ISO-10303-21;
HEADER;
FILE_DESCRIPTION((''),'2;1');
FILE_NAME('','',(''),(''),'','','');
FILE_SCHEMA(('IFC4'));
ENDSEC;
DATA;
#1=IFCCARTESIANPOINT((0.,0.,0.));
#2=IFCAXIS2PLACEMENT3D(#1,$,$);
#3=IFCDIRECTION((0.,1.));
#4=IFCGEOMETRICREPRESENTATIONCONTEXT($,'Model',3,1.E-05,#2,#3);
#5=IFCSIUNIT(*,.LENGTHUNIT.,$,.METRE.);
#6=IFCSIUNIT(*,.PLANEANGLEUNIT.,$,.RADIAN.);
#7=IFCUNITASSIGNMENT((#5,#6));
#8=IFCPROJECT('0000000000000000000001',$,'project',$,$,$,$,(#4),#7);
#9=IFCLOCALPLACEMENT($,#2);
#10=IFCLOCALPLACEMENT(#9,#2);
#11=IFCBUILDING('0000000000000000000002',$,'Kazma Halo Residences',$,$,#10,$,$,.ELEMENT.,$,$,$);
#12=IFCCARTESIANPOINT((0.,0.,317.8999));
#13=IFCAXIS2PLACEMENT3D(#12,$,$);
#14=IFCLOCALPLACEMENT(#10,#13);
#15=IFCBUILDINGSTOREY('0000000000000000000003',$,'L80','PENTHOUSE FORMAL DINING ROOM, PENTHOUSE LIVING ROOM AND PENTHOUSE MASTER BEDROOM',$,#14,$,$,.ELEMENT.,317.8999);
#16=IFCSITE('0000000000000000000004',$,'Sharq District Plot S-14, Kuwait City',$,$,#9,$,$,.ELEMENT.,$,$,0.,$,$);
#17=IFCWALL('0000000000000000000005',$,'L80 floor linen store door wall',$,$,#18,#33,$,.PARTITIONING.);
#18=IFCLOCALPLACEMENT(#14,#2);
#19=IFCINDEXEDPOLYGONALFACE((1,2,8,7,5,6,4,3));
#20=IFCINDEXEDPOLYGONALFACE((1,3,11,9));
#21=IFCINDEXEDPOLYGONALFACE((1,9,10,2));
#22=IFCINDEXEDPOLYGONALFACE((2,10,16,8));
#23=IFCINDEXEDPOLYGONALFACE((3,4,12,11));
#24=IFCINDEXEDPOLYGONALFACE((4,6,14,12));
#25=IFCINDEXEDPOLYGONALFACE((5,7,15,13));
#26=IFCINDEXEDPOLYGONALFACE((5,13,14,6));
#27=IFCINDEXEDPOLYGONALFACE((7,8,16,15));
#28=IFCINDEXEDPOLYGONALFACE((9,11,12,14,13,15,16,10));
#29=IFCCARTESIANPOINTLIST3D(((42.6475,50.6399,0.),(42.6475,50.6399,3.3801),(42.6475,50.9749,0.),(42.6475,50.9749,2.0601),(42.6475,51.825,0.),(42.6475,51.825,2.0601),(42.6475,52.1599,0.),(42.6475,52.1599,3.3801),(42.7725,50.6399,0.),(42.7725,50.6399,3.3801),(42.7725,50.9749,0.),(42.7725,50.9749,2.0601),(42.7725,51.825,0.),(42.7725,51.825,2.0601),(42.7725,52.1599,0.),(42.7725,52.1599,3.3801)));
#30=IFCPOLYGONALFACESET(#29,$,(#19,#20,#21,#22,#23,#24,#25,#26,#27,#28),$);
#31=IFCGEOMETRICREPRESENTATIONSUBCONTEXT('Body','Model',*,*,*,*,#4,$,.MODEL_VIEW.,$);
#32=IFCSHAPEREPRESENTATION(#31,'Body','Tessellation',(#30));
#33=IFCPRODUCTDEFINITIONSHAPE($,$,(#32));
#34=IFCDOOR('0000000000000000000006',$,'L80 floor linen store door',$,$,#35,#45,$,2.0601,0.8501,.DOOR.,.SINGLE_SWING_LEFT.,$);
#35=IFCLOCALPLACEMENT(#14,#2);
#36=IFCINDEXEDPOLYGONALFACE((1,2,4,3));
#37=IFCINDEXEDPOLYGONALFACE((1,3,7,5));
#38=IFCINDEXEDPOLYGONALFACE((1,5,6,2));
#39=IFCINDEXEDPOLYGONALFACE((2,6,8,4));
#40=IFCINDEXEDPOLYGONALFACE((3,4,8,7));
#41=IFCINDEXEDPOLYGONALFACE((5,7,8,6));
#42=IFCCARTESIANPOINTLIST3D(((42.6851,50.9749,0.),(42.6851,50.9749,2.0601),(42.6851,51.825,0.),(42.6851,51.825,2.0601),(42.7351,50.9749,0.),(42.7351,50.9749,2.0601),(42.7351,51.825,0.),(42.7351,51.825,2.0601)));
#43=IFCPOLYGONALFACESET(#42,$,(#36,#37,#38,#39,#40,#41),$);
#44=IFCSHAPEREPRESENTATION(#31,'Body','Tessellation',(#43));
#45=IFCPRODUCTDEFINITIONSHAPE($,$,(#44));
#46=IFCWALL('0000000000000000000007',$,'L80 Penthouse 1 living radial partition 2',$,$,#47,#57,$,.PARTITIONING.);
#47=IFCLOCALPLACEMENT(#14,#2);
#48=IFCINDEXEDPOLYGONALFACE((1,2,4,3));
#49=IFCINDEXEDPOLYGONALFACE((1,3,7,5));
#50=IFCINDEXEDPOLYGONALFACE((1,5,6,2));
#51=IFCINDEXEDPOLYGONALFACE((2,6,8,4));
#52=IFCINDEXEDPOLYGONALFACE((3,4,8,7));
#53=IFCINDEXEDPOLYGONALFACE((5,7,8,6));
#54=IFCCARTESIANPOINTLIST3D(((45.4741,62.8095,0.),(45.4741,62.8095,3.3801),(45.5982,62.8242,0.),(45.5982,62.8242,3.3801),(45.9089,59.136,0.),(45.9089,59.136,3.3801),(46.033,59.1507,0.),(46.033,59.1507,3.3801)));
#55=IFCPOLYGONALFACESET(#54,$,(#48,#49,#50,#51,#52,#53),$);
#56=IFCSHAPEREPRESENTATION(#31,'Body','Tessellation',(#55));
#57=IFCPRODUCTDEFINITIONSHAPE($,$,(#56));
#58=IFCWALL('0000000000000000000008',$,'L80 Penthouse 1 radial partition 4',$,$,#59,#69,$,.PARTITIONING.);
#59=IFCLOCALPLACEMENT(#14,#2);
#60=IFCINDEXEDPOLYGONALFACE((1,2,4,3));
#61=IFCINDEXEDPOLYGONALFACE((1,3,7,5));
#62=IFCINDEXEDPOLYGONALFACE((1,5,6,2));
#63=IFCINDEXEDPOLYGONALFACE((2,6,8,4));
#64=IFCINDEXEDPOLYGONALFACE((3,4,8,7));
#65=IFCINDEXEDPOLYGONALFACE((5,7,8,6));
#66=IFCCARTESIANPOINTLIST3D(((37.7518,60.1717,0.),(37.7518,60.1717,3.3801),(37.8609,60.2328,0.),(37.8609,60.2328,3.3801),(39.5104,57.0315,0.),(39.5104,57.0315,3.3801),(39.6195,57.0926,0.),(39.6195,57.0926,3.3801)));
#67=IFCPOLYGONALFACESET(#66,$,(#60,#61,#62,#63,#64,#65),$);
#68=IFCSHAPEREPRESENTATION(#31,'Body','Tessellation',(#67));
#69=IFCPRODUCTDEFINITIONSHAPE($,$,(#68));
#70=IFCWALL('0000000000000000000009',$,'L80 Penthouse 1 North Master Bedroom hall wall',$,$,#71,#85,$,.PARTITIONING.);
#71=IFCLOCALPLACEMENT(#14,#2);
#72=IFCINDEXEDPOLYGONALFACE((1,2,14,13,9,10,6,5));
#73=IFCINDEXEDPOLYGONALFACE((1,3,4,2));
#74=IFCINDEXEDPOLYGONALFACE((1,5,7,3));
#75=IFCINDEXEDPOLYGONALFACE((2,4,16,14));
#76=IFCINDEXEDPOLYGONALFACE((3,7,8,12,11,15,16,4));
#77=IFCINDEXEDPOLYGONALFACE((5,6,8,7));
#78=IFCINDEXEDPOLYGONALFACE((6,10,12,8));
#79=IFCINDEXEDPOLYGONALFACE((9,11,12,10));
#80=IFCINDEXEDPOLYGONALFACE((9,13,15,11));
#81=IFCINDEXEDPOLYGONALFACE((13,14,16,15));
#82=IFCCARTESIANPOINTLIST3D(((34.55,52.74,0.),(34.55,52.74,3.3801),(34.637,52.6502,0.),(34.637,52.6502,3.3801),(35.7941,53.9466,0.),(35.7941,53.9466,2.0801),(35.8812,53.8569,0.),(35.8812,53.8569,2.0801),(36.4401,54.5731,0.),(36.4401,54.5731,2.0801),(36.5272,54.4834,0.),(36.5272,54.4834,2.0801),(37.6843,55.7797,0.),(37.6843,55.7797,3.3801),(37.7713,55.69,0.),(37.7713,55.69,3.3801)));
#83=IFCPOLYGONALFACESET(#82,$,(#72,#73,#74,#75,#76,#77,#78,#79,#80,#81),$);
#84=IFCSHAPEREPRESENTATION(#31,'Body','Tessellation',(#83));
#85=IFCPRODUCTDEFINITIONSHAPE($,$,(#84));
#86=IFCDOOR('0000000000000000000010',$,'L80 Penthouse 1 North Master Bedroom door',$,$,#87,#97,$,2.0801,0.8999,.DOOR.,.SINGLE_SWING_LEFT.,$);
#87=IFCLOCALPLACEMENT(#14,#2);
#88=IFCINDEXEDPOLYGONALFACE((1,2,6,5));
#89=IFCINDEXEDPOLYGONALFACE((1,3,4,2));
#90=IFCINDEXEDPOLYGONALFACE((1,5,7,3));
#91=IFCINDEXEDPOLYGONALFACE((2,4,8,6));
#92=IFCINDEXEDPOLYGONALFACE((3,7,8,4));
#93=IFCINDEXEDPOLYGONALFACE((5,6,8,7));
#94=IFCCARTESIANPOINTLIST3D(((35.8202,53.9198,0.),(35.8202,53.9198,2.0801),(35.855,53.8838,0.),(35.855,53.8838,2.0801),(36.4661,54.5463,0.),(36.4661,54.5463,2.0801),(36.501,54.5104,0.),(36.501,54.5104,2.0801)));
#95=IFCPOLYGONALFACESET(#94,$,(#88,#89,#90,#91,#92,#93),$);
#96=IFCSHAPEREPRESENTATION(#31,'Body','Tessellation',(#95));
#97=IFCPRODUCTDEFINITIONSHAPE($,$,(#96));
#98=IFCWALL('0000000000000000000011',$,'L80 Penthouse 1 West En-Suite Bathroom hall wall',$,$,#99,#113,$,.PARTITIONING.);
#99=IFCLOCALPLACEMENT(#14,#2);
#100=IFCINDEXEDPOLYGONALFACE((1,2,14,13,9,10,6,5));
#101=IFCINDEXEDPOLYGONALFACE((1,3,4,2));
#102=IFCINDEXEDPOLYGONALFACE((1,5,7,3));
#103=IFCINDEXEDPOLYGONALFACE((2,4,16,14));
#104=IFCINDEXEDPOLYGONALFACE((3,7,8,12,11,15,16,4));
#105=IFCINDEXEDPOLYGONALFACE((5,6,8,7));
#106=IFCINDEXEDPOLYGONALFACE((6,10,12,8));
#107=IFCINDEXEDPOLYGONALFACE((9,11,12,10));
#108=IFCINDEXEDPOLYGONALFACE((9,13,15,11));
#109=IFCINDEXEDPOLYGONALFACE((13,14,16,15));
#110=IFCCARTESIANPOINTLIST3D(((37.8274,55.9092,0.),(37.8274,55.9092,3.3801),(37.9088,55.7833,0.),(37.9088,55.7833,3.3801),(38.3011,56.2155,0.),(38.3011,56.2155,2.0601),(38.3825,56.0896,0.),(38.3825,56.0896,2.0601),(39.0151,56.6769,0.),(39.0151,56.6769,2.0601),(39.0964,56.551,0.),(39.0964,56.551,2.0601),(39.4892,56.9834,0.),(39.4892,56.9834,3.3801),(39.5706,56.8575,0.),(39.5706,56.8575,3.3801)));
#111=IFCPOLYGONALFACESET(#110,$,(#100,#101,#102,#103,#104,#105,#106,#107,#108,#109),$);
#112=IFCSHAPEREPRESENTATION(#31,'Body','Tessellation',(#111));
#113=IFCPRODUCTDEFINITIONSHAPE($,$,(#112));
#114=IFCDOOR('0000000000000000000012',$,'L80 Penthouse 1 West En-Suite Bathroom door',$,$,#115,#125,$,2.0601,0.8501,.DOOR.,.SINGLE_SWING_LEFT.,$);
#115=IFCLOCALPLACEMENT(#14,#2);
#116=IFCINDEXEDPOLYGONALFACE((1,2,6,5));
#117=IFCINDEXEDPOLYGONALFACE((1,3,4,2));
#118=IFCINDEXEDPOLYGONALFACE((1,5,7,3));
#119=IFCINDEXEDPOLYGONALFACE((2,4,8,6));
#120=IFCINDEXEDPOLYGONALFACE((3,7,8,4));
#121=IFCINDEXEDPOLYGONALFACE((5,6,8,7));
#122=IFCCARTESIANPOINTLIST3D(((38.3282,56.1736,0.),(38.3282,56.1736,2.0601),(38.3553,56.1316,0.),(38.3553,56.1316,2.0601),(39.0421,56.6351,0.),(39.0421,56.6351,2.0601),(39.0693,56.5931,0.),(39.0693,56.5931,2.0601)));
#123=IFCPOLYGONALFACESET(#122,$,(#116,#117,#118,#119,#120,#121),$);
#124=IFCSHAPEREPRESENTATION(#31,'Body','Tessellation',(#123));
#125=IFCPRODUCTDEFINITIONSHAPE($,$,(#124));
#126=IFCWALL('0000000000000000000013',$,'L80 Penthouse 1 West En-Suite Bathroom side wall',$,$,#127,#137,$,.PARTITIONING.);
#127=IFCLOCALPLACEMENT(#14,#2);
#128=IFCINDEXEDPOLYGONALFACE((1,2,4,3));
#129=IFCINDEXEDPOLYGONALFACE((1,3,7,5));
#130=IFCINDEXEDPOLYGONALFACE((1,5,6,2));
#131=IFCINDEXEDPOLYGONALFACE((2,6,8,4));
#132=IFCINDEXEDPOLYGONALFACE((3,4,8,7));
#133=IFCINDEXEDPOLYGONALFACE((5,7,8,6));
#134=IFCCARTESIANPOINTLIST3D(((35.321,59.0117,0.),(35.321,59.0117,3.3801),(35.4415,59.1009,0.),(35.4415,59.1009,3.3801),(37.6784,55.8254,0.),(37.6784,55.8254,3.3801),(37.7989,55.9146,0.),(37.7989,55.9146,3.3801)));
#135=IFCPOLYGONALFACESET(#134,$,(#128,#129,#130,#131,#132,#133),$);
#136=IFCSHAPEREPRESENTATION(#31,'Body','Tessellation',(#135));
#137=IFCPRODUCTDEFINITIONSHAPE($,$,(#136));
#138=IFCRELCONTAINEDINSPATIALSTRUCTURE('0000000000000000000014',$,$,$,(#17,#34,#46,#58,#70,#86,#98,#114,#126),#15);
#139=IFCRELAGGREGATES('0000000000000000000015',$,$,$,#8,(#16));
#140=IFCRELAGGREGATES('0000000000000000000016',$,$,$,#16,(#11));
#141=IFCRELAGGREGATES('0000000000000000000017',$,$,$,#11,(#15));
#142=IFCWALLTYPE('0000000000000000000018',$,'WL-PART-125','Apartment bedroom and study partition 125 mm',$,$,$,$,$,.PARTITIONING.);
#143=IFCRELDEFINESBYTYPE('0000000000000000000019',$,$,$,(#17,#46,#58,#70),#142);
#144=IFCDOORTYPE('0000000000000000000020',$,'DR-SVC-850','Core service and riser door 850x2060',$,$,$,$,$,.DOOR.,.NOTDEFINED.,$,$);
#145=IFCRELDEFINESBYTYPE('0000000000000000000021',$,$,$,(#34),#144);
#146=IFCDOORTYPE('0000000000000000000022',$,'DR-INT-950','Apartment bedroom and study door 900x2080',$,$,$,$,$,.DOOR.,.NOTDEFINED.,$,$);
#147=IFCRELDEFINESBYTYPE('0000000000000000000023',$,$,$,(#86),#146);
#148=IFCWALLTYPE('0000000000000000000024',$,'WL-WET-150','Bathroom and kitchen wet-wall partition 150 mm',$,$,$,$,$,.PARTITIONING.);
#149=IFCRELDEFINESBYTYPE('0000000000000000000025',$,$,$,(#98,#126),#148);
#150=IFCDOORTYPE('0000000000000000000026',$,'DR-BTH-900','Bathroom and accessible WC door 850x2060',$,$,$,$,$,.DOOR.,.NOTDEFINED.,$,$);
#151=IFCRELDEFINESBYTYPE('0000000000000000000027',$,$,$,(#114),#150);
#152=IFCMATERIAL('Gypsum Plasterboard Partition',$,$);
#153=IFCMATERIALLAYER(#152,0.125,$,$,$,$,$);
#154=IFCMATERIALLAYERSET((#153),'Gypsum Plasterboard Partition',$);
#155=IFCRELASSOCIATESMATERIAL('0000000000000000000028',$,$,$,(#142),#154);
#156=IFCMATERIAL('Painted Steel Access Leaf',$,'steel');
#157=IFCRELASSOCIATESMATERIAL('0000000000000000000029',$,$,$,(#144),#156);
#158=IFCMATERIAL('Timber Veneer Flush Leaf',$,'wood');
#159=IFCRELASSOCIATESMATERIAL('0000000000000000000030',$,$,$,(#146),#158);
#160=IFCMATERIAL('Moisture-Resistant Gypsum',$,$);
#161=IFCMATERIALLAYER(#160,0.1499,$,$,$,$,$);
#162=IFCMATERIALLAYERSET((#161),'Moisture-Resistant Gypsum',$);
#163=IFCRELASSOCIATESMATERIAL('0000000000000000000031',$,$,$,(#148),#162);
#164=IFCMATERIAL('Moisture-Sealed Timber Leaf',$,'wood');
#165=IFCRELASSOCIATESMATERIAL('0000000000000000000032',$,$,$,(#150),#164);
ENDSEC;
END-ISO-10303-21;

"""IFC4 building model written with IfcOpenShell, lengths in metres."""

from ifc_helpers import new_model, si_unit, direction, frame, frame_2d, origin, place, context, subcontext, project, spatial, rectangle, extrude, material, layer, layer_set, type_object, element, fill, save


model = new_model("IFC4")

# Units and contexts
model_context = context("Model", 3, precision=1e-05, world=origin(), true_north=direction((0.0, 1.0)))
body_context = subcontext(model_context, "Body", "Model", "MODEL_VIEW")
ifc_project = project(units=[si_unit("LENGTHUNIT", "METRE"), si_unit("PLANEANGLEUNIT", "RADIAN")], contexts=[model_context])

# Site, building, storey
site_placement = place(None, origin())
site = spatial("IfcSite", under=ifc_project, at=site_placement, Name="Sharq District Plot S-14, Kuwait City", CompositionType="ELEMENT", RefElevation=0.0)
building_placement = place(site_placement, origin())
building = spatial("IfcBuilding", under=site, at=building_placement, Name="Kazma Halo Residences", CompositionType="ELEMENT")
storey_placement = place(building_placement, frame((0.0, 0.0, 317.8999)))
storey = spatial("IfcBuildingStorey", under=building, at=storey_placement, Name="L80", Description="PENTHOUSE FORMAL DINING ROOM, PENTHOUSE LIVING ROOM AND PENTHOUSE MASTER BEDROOM", CompositionType="ELEMENT", Elevation=317.8999)

# Wall, opening, door
ifc_material_1 = material(Name="Gypsum Plasterboard Partition")
ifc_layer_1 = layer(ifc_material_1, 0.125)
ifc_layer_set_1 = layer_set([ifc_layer_1], Name="Gypsum Plasterboard Partition")
wall_type_1 = type_object("IfcWallType", Name="WL-PART-125", Description="Apartment bedroom and study partition 125 mm", PredefinedType="PARTITIONING", material=ifc_layer_set_1)
wall_1_placement = place(storey_placement, frame((42.71, 50.6399, 0.0), z_axis=(0.0, 0.0, 1.0), x_axis=(0.0, 1.0, 0.0)))
wall_1 = element("IfcWall", 1, at=wall_1_placement, inside=storey, type_object=wall_type_1, Name="L80 floor linen store door wall", PredefinedType="PARTITIONING", context=body_context, shape_type="SweptSolid", body=[
    extrude(rectangle(XDim=1.52, YDim=0.125, at=frame_2d((0.76, 0.0))), origin(), (0.0, 0.0, 1.0), 3.3801),
])
opening_1_placement = place(wall_1_placement, frame((0.335, 0.0, 0.0)))
opening_1 = element("IfcOpeningElement", 2, at=opening_1_placement, cuts=wall_1, PredefinedType="OPENING", context=body_context, shape_type="SweptSolid", body=[
    extrude(rectangle(XDim=0.8501, YDim=2.0601, at=frame_2d((0.425, 1.03))), frame((0.0, 0.0725, 0.0), z_axis=(0.0, -1.0, 0.0), x_axis=(1.0, 0.0, 0.0)), (0.0, 0.0, 1.0), 0.145),
])
ifc_material_2 = material(Name="Painted Steel Access Leaf", Category="steel")
door_type_1 = type_object("IfcDoorType", Name="DR-SVC-850", Description="Core service and riser door 850x2060", OperationType="NOTDEFINED", PredefinedType="DOOR", material=ifc_material_2)
door_1_placement = place(opening_1_placement, origin())
door_1 = element("IfcDoor", 3, at=door_1_placement, inside=storey, type_object=door_type_1, Name="L80 floor linen store door", OperationType="SINGLE_SWING_LEFT", OverallHeight=2.0601, OverallWidth=0.8501, PredefinedType="DOOR", context=body_context, shape_type="SweptSolid", body=[
    extrude(rectangle(XDim=0.8501, YDim=2.0601, at=frame_2d((0.425, 1.03))), frame((0.0, 0.0249, 0.0), z_axis=(0.0, -1.0, 0.0), x_axis=(1.0, 0.0, 0.0)), (0.0, 0.0, 1.0), 0.05),
])
fill(opening_1, door_1)

# Walls
wall_2_placement = place(storey_placement, frame((45.9709, 59.1433, 0.0), z_axis=(0.0, 0.0, 1.0), x_axis=(-0.117542, 0.993068, 0.0)))
element("IfcWall", 4, at=wall_2_placement, inside=storey, type_object=wall_type_1, Name="L80 Penthouse 1 living radial partition 2", PredefinedType="PARTITIONING", context=body_context, shape_type="SweptSolid", body=[
    extrude(rectangle(XDim=3.6992, YDim=0.125, at=frame_2d((1.8496, 0.0))), origin(), (0.0, 0.0, 1.0), 3.3801),
])
wall_3_placement = place(storey_placement, frame((39.5649, 57.062, 0.0), z_axis=(0.0, 0.0, 1.0), x_axis=(-0.488618, 0.872498, 0.0)))
element("IfcWall", 5, at=wall_3_placement, inside=storey, type_object=wall_type_1, Name="L80 Penthouse 1 radial partition 4", PredefinedType="PARTITIONING", context=body_context, shape_type="SweptSolid", body=[
    extrude(rectangle(XDim=3.5991, YDim=0.125, at=frame_2d((1.7996, 0.0))), origin(), (0.0, 0.0, 1.0), 3.3801),
])

# Walls, openings, doors
wall_4_placement = place(storey_placement, frame((37.7278, 55.7349, 0.0), z_axis=(0.0, 0.0, 1.0), x_axis=(-0.717844, -0.696204, 0.0)))
wall_4 = element("IfcWall", 6, at=wall_4_placement, inside=storey, type_object=wall_type_1, Name="L80 Penthouse 1 North Master Bedroom hall wall", PredefinedType="PARTITIONING", context=body_context, shape_type="SweptSolid", body=[
    extrude(rectangle(XDim=4.3662, YDim=0.125, at=frame_2d((2.1831, 0.0))), origin(), (0.0, 0.0, 1.0), 3.3801),
])
opening_2_placement = place(wall_4_placement, frame((1.7332, 0.0, 0.0)))
opening_2 = element("IfcOpeningElement", 7, at=opening_2_placement, cuts=wall_4, PredefinedType="OPENING", context=body_context, shape_type="SweptSolid", body=[
    extrude(rectangle(XDim=0.8999, YDim=2.0801, at=frame_2d((0.45, 1.04))), frame((0.0, 0.0725, 0.0), z_axis=(0.0, -1.0, 0.0), x_axis=(1.0, 0.0, 0.0)), (0.0, 0.0, 1.0), 0.145),
])
ifc_material_3 = material(Name="Timber Veneer Flush Leaf", Category="wood")
door_type_2 = type_object("IfcDoorType", Name="DR-INT-950", Description="Apartment bedroom and study door 900x2080", OperationType="NOTDEFINED", PredefinedType="DOOR", material=ifc_material_3)
door_2_placement = place(opening_2_placement, origin())
door_2 = element("IfcDoor", 8, at=door_2_placement, inside=storey, type_object=door_type_2, Name="L80 Penthouse 1 North Master Bedroom door", OperationType="SINGLE_SWING_LEFT", OverallHeight=2.0801, OverallWidth=0.8999, PredefinedType="DOOR", context=body_context, shape_type="SweptSolid", body=[
    extrude(rectangle(XDim=0.8999, YDim=2.0801, at=frame_2d((0.45, 1.04))), frame((0.0, 0.0249, 0.0), z_axis=(0.0, -1.0, 0.0), x_axis=(1.0, 0.0, 0.0)), (0.0, 0.0, 1.0), 0.05),
])
fill(opening_2, door_2)
ifc_material_4 = material(Name="Moisture-Resistant Gypsum")
ifc_layer_2 = layer(ifc_material_4, 0.1499)
ifc_layer_set_2 = layer_set([ifc_layer_2], Name="Moisture-Resistant Gypsum")
wall_type_2 = type_object("IfcWallType", Name="WL-WET-150", Description="Bathroom and kitchen wet-wall partition 150 mm", PredefinedType="PARTITIONING", material=ifc_layer_set_2)
wall_5_placement = place(storey_placement, frame((39.5298, 56.9204, 0.0), z_axis=(0.0, 0.0, 1.0), x_axis=(-0.839825, -0.542857, 0.0)))
wall_5 = element("IfcWall", 9, at=wall_5_placement, inside=storey, type_object=wall_type_2, Name="L80 Penthouse 1 West En-Suite Bathroom hall wall", PredefinedType="PARTITIONING", context=body_context, shape_type="SweptSolid", body=[
    extrude(rectangle(XDim=1.9788, YDim=0.1499, at=frame_2d((0.9893, 0.0))), origin(), (0.0, 0.0, 1.0), 3.3801),
])
opening_3_placement = place(wall_5_placement, frame((0.5645, 0.0, 0.0)))
opening_3 = element("IfcOpeningElement", 10, at=opening_3_placement, cuts=wall_5, PredefinedType="OPENING", context=body_context, shape_type="SweptSolid", body=[
    extrude(rectangle(XDim=0.8501, YDim=2.0601, at=frame_2d((0.425, 1.03))), frame((0.0, 0.085, 0.0), z_axis=(0.0, -1.0, 0.0), x_axis=(1.0, 0.0, 0.0)), (0.0, 0.0, 1.0), 0.1699),
])
ifc_material_5 = material(Name="Moisture-Sealed Timber Leaf", Category="wood")
door_type_3 = type_object("IfcDoorType", Name="DR-BTH-900", Description="Bathroom and accessible WC door 850x2060", OperationType="NOTDEFINED", PredefinedType="DOOR", material=ifc_material_5)
door_3_placement = place(opening_3_placement, origin())
door_3 = element("IfcDoor", 11, at=door_3_placement, inside=storey, type_object=door_type_3, Name="L80 Penthouse 1 West En-Suite Bathroom door", OperationType="SINGLE_SWING_LEFT", OverallHeight=2.0601, OverallWidth=0.8501, PredefinedType="DOOR", context=body_context, shape_type="SweptSolid", body=[
    extrude(rectangle(XDim=0.8501, YDim=2.0601, at=frame_2d((0.425, 1.03))), frame((0.0, 0.0249, 0.0), z_axis=(0.0, -1.0, 0.0), x_axis=(1.0, 0.0, 0.0)), (0.0, 0.0, 1.0), 0.05),
])
fill(opening_3, door_3)

# Wall
wall_6_placement = place(storey_placement, frame((37.7388, 55.8699, 0.0), z_axis=(0.0, 0.0, 1.0), x_axis=(-0.594774, 0.803893, 0.0)))
element("IfcWall", 12, at=wall_6_placement, inside=storey, type_object=wall_type_2, Name="L80 Penthouse 1 West En-Suite Bathroom side wall", PredefinedType="PARTITIONING", context=body_context, shape_type="SweptSolid", body=[
    extrude(rectangle(XDim=3.9636, YDim=0.1499, at=frame_2d((1.9819, 0.0))), origin(), (0.0, 0.0, 1.0), 3.3801),
])

save(model, "model.ifc")
